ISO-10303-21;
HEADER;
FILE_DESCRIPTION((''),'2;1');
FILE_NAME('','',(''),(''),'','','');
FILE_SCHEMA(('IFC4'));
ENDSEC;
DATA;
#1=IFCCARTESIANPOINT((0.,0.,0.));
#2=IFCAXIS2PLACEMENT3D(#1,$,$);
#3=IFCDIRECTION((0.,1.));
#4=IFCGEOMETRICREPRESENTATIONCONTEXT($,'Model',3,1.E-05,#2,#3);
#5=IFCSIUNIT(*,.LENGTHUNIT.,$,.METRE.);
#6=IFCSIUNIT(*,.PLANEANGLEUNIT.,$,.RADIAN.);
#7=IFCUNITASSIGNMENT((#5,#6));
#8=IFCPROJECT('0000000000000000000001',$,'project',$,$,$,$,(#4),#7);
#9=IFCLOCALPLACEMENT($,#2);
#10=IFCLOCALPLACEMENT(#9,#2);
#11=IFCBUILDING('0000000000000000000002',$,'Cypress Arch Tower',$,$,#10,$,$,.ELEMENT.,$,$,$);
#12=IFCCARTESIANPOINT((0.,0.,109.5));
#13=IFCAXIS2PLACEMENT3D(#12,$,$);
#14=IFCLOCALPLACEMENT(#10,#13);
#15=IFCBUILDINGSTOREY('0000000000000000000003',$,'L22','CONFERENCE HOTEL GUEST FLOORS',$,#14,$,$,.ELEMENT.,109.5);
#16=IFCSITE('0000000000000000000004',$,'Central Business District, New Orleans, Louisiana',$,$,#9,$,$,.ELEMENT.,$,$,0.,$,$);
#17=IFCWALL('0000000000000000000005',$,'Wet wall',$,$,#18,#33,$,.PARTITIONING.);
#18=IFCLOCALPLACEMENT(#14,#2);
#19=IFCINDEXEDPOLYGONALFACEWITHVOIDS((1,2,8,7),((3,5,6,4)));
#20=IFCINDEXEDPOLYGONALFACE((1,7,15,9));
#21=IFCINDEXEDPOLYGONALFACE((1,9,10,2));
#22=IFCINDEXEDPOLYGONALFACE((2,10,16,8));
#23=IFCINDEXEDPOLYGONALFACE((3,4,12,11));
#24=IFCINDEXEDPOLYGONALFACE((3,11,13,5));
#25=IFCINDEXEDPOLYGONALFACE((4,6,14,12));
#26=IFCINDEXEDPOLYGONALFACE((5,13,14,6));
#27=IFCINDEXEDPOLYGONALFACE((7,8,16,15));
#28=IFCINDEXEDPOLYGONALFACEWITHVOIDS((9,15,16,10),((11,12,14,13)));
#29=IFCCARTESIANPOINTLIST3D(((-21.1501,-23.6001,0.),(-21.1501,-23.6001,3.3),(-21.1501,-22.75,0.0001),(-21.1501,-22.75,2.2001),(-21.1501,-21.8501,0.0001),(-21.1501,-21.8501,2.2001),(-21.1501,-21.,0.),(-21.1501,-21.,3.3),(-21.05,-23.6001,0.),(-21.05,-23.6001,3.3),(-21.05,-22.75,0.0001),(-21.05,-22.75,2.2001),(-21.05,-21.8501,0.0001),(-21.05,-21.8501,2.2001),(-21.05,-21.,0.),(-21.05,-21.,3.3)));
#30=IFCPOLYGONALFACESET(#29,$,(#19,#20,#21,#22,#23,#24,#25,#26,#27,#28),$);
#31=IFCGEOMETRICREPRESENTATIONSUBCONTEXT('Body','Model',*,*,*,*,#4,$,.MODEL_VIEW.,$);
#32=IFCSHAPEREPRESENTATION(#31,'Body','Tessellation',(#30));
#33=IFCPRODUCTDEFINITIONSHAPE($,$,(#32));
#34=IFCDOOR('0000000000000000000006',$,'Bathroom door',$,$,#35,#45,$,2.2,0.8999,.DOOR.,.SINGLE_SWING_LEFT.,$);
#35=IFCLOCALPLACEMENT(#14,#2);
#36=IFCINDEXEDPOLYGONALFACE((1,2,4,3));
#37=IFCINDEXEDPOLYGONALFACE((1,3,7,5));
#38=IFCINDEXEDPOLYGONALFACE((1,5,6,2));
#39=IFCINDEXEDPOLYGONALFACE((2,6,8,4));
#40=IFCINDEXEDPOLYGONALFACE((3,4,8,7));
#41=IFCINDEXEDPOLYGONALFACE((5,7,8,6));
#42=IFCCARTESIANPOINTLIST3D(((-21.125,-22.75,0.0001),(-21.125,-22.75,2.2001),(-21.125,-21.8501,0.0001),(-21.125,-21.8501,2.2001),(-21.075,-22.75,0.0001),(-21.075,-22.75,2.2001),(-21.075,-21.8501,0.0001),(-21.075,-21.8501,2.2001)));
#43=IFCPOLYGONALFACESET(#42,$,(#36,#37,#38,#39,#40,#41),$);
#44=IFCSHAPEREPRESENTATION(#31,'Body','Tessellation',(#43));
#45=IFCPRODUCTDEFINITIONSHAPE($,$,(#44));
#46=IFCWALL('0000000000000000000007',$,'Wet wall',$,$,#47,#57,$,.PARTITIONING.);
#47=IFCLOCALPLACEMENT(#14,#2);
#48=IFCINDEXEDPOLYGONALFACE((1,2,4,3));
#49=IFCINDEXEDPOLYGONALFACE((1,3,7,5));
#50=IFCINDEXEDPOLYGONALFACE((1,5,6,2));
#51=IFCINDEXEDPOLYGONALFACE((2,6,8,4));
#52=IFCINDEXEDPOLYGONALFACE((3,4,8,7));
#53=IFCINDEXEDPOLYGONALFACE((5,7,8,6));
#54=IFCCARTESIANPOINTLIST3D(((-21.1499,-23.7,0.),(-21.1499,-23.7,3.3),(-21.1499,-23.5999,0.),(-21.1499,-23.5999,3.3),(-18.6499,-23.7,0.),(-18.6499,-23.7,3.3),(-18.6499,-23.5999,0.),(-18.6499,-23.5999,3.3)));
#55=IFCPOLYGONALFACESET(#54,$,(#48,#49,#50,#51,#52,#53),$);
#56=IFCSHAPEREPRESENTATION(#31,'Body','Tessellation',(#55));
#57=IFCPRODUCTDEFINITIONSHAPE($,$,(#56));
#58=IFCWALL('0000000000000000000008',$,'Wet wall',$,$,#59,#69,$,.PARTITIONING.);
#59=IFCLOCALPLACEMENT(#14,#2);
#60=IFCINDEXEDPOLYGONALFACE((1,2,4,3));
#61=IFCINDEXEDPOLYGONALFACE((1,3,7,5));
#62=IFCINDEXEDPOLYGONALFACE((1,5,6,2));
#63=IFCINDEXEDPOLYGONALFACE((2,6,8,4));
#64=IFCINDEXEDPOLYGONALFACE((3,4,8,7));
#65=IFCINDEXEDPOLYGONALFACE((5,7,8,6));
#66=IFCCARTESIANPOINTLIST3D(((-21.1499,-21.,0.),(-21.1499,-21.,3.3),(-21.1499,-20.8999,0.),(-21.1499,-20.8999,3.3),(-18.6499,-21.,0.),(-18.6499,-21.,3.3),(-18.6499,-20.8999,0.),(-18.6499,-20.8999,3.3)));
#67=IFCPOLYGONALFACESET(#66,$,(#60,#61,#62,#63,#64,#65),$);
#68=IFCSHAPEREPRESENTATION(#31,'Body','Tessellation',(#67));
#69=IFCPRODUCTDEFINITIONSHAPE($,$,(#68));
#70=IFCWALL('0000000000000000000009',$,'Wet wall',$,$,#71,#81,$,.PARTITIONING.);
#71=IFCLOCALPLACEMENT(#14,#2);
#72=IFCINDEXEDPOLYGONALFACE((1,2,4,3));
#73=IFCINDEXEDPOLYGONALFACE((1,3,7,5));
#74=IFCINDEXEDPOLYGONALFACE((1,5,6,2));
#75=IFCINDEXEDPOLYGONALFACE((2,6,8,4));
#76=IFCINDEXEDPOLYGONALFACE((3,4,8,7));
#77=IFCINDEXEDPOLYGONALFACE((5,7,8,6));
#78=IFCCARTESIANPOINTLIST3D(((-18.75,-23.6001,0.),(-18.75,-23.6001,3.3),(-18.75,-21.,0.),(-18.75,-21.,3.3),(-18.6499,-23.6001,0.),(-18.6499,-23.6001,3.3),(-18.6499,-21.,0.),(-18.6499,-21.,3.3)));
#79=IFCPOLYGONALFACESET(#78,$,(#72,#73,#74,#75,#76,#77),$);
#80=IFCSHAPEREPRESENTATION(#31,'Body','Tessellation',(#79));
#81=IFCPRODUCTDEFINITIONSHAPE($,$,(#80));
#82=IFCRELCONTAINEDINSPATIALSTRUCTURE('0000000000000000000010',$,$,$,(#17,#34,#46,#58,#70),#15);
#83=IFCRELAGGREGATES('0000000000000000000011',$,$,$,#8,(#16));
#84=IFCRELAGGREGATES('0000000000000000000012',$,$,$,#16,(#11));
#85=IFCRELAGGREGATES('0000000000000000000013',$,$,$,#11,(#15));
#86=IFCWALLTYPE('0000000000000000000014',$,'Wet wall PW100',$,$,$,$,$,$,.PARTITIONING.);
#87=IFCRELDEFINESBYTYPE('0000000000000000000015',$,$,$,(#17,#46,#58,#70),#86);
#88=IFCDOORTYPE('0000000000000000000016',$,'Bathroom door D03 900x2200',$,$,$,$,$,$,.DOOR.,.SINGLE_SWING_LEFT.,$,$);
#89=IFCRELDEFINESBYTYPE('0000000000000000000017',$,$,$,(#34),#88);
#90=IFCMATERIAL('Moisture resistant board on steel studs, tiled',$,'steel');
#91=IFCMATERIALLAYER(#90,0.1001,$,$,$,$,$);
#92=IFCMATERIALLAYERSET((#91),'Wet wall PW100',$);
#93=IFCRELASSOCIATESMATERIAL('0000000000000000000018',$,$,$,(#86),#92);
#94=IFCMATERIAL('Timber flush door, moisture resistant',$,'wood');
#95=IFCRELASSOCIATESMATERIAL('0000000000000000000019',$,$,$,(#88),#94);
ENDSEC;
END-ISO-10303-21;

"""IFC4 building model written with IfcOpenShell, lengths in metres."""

from ifc_helpers import new_model, si_unit, direction, frame, frame_2d, origin, place, context, subcontext, project, spatial, rectangle, extrude, material, layer, layer_set, type_object, element, fill, save


model = new_model("IFC4")

# Units and contexts
model_context = context("Model", 3, precision=1e-05, world=origin(), true_north=direction((0.0, 1.0)))
body_context = subcontext(model_context, "Body", "Model", "MODEL_VIEW")
ifc_project = project(units=[si_unit("LENGTHUNIT", "METRE"), si_unit("PLANEANGLEUNIT", "RADIAN")], contexts=[model_context])

# Site, building, storey
site_placement = place(None, origin())
site = spatial("IfcSite", under=ifc_project, at=site_placement, Name="Central Business District, New Orleans, Louisiana", CompositionType="ELEMENT", RefElevation=0.0)
building_placement = place(site_placement, origin())
building = spatial("IfcBuilding", under=site, at=building_placement, Name="Cypress Arch Tower", CompositionType="ELEMENT")
storey_placement = place(building_placement, frame((0.0, 0.0, 109.5)))
storey = spatial("IfcBuildingStorey", under=building, at=storey_placement, Name="L22", Description="CONFERENCE HOTEL GUEST FLOORS", CompositionType="ELEMENT", Elevation=109.5)

# Wall, opening, door
ifc_material_1 = material(Name="Moisture resistant board on steel studs, tiled", Category="steel")
ifc_layer_1 = layer(ifc_material_1, 0.1001)
ifc_layer_set_1 = layer_set([ifc_layer_1], Name="Wet wall PW100")
wall_type_1 = type_object("IfcWallType", Name="Wet wall PW100", PredefinedType="PARTITIONING", material=ifc_layer_set_1)
wall_1_placement = place(storey_placement, frame((-21.1001, -23.6001, 0.0), z_axis=(0.0, 0.0, 1.0), x_axis=(0.0, 1.0, 0.0)))
wall_1 = element("IfcWall", 1, at=wall_1_placement, inside=storey, type_object=wall_type_1, Name="Wet wall", PredefinedType="PARTITIONING", context=body_context, shape_type="SweptSolid", body=[
    extrude(rectangle(XDim=2.6001, YDim=0.1001, at=frame_2d((1.3, 0.0))), origin(), (0.0, 0.0, 1.0), 3.3),
])
opening_1_placement = place(wall_1_placement, frame((0.8501, 0.0, 0.0)))
opening_1 = element("IfcOpeningElement", 2, at=opening_1_placement, cuts=wall_1, PredefinedType="OPENING", context=body_context, shape_type="SweptSolid", body=[
    extrude(rectangle(XDim=0.8999, YDim=2.2, at=frame_2d((0.45, 1.1001))), frame((0.0, 0.0601, 0.0), z_axis=(0.0, -1.0, 0.0), x_axis=(1.0, 0.0, 0.0)), (0.0, 0.0, 1.0), 0.1201),
])
ifc_material_2 = material(Name="Timber flush door, moisture resistant", Category="wood")
door_type_1 = type_object("IfcDoorType", Name="Bathroom door D03 900x2200", OperationType="SINGLE_SWING_LEFT", PredefinedType="DOOR", material=ifc_material_2)
door_1_placement = place(opening_1_placement, origin())
door_1 = element("IfcDoor", 3, at=door_1_placement, inside=storey, type_object=door_type_1, Name="Bathroom door", OperationType="SINGLE_SWING_LEFT", OverallHeight=2.2, OverallWidth=0.8999, PredefinedType="DOOR", context=body_context, shape_type="SweptSolid", body=[
    extrude(rectangle(XDim=0.8999, YDim=2.2, at=frame_2d((0.45, 1.1001))), frame((0.0, 0.0249, 0.0), z_axis=(0.0, -1.0, 0.0), x_axis=(1.0, 0.0, 0.0)), (0.0, 0.0, 1.0), 0.05),
])
fill(opening_1, door_1)

# Walls
for number, where, z_axis, x_axis, name in (
    (4, (-21.1499, -23.6499, 0.0), (0.0, 0.0, 1.0), (1.0, 0.0, 0.0), "Wet wall"),
    (5, (-21.1499, -20.95, 0.0), (0.0, 0.0, 1.0), (1.0, 0.0, 0.0), "Wet wall"),
):
    element("IfcWall", number, at=place(storey_placement, frame(where, z_axis=z_axis, x_axis=x_axis)), inside=storey, type_object=wall_type_1, Name=name, PredefinedType="PARTITIONING", context=body_context, shape_type="SweptSolid", body=[
        extrude(rectangle(XDim=2.5, YDim=0.1001, at=frame_2d((1.25, 0.0))), origin(), (0.0, 0.0, 1.0), 3.3),
    ])
wall_2_placement = place(storey_placement, frame((-18.7, -23.6001, 0.0), z_axis=(0.0, 0.0, 1.0), x_axis=(0.0, 1.0, 0.0)))
element("IfcWall", 6, at=wall_2_placement, inside=storey, type_object=wall_type_1, Name="Wet wall", PredefinedType="PARTITIONING", context=body_context, shape_type="SweptSolid", body=[
    extrude(rectangle(XDim=2.6001, YDim=0.1001, at=frame_2d((1.3, 0.0))), origin(), (0.0, 0.0, 1.0), 3.3),
])

save(model, "model.ifc")
